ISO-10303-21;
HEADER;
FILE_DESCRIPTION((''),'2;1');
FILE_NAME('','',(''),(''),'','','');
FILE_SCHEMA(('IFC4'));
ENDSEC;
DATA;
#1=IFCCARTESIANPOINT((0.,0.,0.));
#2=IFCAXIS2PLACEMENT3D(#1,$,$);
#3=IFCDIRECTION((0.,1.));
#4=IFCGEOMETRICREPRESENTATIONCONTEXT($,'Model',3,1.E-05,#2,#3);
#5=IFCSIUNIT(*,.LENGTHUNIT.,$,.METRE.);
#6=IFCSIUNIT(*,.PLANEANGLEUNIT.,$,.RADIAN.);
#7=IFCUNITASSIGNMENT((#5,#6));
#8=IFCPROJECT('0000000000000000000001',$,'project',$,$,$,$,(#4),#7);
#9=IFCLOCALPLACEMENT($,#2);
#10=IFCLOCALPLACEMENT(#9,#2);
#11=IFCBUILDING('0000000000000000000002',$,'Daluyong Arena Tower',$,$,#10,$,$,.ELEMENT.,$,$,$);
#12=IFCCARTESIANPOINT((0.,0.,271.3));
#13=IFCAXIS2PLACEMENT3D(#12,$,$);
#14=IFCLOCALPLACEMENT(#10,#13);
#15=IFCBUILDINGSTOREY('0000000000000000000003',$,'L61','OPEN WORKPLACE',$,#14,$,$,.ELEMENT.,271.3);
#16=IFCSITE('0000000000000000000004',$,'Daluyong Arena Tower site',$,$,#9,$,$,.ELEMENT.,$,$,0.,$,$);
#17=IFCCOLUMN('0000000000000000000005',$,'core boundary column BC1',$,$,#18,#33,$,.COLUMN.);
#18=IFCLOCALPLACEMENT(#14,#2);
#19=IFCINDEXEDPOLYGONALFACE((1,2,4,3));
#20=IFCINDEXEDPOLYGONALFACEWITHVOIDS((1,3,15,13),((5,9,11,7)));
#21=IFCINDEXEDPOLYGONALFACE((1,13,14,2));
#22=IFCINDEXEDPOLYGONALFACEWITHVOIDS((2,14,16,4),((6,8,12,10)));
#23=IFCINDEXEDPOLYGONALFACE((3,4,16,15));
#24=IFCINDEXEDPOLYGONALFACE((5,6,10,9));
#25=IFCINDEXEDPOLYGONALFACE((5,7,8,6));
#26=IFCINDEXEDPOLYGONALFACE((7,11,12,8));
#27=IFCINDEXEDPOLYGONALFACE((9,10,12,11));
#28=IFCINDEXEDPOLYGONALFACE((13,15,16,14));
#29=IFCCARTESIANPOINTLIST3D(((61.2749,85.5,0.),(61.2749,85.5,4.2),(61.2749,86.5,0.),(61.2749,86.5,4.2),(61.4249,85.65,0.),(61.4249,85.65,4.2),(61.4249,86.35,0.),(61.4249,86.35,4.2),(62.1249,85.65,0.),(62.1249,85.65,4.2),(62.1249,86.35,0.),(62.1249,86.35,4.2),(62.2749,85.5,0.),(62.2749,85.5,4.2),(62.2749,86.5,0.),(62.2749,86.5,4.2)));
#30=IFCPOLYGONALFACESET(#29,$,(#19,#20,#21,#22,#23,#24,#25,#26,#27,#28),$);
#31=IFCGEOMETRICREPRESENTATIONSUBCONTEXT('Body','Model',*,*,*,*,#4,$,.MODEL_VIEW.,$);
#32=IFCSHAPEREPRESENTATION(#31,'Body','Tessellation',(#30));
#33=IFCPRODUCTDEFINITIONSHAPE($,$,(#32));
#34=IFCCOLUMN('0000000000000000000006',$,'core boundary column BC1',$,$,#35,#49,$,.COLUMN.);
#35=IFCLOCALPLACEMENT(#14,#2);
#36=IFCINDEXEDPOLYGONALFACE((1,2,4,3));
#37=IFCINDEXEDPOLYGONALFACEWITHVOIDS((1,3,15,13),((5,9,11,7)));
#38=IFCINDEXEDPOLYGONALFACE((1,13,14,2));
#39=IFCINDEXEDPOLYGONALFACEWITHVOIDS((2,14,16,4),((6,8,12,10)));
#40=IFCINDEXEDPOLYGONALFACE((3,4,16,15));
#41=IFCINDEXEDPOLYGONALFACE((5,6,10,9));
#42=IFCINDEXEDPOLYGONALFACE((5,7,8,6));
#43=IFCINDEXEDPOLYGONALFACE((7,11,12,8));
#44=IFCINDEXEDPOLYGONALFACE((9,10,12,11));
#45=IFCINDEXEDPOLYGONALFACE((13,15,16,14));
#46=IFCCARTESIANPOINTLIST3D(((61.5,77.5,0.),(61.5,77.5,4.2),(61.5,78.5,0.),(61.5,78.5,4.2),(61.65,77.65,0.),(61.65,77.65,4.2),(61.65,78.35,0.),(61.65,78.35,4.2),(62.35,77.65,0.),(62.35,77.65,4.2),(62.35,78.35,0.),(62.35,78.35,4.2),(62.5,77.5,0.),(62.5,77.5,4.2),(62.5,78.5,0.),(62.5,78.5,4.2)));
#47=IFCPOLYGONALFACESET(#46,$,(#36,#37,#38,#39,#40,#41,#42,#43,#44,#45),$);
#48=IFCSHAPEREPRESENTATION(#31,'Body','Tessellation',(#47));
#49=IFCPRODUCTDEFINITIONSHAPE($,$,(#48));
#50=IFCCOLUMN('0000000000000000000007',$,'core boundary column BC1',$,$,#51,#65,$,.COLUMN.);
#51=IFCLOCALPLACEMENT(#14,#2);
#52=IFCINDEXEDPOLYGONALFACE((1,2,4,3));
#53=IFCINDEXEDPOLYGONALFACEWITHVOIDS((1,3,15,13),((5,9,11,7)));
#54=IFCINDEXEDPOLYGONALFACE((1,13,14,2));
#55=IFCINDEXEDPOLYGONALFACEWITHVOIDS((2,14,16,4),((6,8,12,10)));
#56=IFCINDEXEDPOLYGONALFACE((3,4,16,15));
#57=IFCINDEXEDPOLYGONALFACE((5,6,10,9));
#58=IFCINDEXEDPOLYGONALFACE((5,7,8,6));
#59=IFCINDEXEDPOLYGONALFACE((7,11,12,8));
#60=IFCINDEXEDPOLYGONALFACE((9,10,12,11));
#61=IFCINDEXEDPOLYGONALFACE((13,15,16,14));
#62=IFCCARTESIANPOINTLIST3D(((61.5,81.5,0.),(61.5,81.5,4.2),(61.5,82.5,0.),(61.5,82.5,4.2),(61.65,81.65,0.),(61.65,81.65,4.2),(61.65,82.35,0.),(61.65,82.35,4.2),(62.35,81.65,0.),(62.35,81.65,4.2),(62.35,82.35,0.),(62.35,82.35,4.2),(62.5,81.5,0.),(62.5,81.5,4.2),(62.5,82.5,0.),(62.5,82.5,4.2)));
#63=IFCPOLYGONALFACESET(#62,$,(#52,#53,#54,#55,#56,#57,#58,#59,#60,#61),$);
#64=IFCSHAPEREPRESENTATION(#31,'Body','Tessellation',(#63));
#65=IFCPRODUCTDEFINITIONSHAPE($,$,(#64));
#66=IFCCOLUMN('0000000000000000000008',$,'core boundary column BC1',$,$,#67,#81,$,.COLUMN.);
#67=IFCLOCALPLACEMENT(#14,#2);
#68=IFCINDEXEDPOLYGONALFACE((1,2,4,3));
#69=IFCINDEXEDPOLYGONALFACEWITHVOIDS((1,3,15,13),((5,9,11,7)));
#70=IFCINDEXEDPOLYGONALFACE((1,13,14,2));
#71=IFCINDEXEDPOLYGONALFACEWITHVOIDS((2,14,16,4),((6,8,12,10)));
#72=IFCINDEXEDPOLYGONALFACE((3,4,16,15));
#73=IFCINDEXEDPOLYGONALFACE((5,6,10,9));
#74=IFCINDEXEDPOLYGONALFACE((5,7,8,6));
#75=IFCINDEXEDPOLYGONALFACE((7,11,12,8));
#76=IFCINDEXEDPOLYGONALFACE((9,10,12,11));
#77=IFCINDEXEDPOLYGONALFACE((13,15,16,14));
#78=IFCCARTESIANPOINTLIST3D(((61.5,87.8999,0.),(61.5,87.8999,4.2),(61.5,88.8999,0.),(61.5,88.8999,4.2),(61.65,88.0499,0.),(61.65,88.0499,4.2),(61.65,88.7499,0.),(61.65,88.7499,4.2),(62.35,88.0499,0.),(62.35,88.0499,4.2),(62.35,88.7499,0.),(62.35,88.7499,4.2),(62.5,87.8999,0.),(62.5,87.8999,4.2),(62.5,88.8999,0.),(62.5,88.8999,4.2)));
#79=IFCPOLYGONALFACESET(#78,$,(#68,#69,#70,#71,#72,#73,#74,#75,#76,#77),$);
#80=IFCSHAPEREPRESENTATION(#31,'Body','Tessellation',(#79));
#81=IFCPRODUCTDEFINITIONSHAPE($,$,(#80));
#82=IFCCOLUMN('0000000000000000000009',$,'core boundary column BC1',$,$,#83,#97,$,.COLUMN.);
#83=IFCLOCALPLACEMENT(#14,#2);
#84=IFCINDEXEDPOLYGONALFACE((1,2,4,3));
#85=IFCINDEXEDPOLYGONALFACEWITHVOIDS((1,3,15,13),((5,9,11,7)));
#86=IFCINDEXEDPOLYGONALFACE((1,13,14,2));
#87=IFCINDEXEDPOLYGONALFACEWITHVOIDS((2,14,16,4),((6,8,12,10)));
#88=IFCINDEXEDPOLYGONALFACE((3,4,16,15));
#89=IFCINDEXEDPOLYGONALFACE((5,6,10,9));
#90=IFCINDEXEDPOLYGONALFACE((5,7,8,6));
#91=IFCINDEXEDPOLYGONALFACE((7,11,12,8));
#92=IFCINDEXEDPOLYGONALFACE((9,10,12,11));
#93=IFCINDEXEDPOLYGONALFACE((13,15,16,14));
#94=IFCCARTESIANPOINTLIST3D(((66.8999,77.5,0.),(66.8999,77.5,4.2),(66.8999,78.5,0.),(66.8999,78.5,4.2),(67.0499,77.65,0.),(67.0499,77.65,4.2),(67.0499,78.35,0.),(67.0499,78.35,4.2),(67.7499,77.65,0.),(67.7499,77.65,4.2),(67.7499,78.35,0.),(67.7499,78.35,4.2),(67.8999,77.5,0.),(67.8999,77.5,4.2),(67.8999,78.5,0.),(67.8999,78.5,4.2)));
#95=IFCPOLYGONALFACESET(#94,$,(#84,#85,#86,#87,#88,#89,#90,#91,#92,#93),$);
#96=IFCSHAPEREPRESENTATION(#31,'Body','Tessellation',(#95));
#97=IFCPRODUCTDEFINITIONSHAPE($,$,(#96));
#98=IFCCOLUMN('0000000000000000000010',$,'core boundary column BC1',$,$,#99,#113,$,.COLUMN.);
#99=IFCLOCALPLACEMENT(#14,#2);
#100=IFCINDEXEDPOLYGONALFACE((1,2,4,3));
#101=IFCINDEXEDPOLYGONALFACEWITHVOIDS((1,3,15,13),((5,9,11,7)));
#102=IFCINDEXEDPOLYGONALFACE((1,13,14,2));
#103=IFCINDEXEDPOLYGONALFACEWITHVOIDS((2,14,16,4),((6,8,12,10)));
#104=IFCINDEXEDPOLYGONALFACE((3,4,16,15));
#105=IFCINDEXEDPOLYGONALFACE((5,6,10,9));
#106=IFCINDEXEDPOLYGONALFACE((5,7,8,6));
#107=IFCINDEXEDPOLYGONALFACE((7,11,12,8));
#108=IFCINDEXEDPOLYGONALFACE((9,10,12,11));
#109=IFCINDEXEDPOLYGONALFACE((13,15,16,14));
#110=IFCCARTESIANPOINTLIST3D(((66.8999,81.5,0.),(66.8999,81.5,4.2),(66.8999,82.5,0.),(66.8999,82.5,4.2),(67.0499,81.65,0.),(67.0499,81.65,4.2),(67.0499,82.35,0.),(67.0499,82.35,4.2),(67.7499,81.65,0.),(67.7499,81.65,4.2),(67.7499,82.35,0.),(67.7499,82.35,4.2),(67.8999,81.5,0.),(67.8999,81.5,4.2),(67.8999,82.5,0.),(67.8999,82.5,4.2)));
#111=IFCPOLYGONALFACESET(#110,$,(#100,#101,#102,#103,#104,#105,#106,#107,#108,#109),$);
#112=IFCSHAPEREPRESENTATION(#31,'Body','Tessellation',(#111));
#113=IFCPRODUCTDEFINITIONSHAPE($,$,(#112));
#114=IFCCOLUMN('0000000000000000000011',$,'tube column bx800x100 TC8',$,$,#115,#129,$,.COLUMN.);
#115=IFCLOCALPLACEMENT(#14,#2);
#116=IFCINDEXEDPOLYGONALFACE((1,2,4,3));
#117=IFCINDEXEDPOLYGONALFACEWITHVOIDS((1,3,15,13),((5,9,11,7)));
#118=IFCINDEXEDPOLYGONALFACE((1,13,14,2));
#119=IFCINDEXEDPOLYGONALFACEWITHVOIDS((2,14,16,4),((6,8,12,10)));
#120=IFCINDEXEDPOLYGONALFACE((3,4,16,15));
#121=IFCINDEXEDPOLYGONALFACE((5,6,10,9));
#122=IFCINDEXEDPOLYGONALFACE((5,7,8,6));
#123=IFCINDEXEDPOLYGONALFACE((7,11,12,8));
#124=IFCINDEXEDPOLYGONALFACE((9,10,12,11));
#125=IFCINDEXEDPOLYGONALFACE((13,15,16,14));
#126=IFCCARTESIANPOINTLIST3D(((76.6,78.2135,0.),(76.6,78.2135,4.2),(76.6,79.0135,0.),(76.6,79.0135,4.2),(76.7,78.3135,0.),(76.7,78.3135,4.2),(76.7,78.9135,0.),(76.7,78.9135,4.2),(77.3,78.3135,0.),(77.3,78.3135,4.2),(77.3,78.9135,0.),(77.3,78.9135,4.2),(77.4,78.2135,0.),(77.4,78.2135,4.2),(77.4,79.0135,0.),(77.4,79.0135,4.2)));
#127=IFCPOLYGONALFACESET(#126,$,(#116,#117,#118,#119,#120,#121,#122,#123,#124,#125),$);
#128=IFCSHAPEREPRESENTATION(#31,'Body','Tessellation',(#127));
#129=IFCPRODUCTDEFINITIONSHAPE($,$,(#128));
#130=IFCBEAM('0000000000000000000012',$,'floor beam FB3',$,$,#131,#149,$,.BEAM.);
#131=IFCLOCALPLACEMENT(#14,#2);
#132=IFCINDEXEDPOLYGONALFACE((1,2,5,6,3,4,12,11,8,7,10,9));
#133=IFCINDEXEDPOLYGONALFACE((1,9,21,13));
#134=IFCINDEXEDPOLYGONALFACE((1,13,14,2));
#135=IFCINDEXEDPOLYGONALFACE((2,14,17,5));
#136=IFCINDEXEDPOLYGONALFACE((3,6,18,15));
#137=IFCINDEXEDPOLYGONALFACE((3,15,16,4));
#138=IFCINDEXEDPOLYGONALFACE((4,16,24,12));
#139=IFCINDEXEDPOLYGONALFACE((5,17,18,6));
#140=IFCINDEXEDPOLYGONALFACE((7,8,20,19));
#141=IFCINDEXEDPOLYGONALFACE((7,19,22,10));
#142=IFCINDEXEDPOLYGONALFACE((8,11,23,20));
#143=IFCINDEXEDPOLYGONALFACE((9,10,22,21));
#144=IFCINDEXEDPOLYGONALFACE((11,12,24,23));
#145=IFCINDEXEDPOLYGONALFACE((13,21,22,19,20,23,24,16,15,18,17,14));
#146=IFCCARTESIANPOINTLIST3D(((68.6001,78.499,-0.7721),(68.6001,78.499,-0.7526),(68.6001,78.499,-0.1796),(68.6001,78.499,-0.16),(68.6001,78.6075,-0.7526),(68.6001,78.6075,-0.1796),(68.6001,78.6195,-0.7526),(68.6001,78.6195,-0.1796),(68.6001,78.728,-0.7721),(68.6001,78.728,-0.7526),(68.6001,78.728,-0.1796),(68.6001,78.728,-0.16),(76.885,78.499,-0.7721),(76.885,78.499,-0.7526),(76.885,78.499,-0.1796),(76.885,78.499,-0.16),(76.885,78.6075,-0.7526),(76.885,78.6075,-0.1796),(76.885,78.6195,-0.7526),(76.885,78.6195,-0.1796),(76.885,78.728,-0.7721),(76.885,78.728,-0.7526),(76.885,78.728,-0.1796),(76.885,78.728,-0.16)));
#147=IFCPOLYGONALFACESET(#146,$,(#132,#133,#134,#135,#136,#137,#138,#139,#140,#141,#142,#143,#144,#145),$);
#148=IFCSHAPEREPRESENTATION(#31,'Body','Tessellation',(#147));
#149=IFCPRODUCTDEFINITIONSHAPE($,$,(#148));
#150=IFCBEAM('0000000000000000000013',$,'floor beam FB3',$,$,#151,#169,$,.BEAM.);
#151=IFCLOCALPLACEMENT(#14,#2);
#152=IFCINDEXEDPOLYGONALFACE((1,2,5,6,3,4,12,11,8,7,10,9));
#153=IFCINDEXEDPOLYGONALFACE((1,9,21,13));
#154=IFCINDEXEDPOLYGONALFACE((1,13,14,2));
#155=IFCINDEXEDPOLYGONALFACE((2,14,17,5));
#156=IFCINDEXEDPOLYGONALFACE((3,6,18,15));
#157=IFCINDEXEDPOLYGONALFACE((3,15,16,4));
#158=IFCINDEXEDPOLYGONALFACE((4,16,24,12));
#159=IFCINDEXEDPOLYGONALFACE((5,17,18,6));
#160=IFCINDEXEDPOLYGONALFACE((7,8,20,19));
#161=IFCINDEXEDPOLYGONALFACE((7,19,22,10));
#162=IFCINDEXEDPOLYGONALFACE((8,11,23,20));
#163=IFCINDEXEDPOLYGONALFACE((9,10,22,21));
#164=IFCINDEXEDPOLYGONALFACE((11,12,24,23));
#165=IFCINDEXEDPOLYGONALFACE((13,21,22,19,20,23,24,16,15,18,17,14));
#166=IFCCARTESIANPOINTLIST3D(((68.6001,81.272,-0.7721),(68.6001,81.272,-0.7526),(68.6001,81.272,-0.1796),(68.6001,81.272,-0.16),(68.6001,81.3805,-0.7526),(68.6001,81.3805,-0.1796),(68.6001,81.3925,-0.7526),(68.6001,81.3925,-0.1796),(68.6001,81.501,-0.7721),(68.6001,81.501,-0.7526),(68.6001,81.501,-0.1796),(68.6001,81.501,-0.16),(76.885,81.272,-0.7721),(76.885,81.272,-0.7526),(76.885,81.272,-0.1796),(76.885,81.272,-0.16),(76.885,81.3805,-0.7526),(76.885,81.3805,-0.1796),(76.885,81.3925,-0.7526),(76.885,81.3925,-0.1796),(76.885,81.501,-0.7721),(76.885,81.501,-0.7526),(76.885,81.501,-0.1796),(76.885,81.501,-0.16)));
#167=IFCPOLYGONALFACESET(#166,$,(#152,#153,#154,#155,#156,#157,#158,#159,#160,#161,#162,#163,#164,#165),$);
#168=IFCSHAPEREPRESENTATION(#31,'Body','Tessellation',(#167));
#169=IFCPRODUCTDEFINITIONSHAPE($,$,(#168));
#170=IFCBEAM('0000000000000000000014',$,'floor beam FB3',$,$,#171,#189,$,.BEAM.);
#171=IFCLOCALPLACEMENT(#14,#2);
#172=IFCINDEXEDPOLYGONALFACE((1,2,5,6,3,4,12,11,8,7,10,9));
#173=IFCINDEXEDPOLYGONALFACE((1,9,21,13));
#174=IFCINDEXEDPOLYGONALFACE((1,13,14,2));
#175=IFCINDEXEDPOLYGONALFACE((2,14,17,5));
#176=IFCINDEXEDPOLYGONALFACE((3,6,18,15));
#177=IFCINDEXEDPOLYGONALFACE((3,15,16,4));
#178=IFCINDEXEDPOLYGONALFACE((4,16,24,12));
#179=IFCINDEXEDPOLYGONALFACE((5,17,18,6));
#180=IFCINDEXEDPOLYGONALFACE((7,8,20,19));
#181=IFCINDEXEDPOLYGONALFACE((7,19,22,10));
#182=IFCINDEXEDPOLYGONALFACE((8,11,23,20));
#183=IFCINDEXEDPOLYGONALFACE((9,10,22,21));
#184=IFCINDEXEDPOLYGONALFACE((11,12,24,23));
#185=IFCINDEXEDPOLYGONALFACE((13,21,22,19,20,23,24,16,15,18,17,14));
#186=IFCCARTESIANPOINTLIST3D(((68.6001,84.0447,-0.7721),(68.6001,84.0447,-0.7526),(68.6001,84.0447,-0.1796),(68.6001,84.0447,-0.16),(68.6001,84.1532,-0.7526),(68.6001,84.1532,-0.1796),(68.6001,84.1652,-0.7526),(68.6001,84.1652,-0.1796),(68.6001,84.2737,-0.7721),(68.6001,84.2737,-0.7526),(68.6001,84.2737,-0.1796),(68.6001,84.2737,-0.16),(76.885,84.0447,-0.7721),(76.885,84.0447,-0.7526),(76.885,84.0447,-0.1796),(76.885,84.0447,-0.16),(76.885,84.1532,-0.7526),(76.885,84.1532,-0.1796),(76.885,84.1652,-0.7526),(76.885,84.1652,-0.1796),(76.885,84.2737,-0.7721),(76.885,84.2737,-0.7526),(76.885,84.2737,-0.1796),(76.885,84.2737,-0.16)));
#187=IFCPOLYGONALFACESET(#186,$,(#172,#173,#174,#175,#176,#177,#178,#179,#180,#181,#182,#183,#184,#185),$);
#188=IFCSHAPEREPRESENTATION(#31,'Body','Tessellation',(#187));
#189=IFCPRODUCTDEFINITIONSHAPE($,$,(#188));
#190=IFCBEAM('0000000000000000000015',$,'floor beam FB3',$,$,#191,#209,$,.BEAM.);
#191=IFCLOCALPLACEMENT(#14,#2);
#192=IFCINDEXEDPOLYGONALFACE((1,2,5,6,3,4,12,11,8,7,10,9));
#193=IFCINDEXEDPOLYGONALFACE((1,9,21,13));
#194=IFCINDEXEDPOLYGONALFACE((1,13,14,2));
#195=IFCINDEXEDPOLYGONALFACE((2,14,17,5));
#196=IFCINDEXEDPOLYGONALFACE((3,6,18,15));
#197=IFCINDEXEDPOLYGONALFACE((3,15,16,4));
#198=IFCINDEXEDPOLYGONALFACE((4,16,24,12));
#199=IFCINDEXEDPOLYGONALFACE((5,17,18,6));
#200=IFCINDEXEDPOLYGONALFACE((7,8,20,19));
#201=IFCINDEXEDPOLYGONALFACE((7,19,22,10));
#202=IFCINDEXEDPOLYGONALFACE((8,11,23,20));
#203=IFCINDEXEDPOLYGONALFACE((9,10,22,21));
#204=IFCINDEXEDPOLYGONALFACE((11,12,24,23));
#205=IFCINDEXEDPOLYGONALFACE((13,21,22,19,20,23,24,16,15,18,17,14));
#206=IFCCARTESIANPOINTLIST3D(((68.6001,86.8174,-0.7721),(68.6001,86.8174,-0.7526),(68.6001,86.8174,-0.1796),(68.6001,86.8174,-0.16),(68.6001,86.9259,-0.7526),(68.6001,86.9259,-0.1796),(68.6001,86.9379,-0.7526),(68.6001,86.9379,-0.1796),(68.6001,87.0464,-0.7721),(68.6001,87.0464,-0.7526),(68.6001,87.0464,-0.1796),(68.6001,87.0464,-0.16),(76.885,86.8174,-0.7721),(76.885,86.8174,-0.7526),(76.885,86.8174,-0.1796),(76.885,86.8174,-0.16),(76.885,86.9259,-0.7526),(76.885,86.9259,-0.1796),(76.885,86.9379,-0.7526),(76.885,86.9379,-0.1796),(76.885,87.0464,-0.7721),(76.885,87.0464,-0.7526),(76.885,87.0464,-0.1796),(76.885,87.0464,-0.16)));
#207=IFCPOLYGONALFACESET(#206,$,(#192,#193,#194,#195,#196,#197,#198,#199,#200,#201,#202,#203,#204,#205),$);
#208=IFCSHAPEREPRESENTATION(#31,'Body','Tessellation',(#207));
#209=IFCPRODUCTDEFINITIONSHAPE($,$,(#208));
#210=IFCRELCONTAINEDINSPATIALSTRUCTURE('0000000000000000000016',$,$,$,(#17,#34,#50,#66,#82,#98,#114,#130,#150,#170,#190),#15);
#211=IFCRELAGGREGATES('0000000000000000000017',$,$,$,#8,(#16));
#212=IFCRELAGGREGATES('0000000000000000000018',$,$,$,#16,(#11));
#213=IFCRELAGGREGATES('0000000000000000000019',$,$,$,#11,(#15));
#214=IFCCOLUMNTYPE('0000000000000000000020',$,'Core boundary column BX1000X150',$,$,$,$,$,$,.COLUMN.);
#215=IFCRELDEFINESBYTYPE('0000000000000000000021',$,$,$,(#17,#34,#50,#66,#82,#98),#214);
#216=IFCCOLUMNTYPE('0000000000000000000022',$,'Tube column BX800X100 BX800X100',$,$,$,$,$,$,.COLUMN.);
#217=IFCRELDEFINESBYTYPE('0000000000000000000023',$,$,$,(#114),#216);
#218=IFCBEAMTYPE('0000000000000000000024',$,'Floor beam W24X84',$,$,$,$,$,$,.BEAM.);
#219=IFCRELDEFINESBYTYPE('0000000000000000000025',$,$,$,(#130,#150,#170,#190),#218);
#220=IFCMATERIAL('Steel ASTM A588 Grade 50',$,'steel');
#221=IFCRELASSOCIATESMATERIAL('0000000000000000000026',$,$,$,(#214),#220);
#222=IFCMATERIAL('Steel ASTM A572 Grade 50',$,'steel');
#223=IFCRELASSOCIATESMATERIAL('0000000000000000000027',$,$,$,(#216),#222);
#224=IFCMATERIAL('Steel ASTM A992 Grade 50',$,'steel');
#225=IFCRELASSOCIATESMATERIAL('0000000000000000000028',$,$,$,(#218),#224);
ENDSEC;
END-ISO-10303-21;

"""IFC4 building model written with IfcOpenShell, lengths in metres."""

from ifc_helpers import new_model, si_unit, direction, frame, origin, origin_2d, place, context, subcontext, project, spatial, hollow_rectangle, i_section, extrude, material, material_profile, profile_set, type_object, element, save


model = new_model("IFC4")

# Units and contexts
model_context = context("Model", 3, precision=1e-05, world=origin(), true_north=direction((0.0, 1.0)))
body_context = subcontext(model_context, "Body", "Model", "MODEL_VIEW")
ifc_project = project(units=[si_unit("LENGTHUNIT", "METRE"), si_unit("PLANEANGLEUNIT", "RADIAN")], contexts=[model_context])

# Site, building, storey
site_placement = place(None, origin())
site = spatial("IfcSite", under=ifc_project, at=site_placement, Name="Daluyong Arena Tower site", CompositionType="ELEMENT", RefElevation=0.0)
building_placement = place(site_placement, origin())
building = spatial("IfcBuilding", under=site, at=building_placement, Name="Daluyong Arena Tower", CompositionType="ELEMENT")
storey_placement = place(building_placement, frame((0.0, 0.0, 271.3)))
storey = spatial("IfcBuildingStorey", under=building, at=storey_placement, Name="L61", Description="OPEN WORKPLACE", CompositionType="ELEMENT", Elevation=271.3)

# Columns
ifc_material_1 = material(Name="Steel ASTM A588 Grade 50", Category="steel")
ifc_material_profile_1 = material_profile(ifc_material_1, hollow_rectangle(XDim=1.0, YDim=1.0, WallThickness=0.15, at=origin_2d()))
ifc_profile_set_1 = profile_set([ifc_material_profile_1], Name="Steel ASTM A588 Grade 50")
column_type_1 = type_object("IfcColumnType", Name="Core boundary column BX1000X150", PredefinedType="COLUMN", material=ifc_profile_set_1)
for number, where, z_axis, x_axis, name in (
    (1, (61.7749, 86.0, 0.0), (0.0, 0.0, 1.0), (1.0, 0.0, 0.0), "core boundary column BC1"),
    (2, (62.0, 78.0, 0.0), (0.0, 0.0, 1.0), (1.0, 0.0, 0.0), "core boundary column BC1"),
    (3, (62.0, 82.0, 0.0), (0.0, 0.0, 1.0), (1.0, 0.0, 0.0), "core boundary column BC1"),
    (4, (62.0, 88.3999, 0.0), (0.0, 0.0, 1.0), (1.0, 0.0, 0.0), "core boundary column BC1"),
    (5, (67.3999, 78.0, 0.0), (0.0, 0.0, 1.0), (1.0, 0.0, 0.0), "core boundary column BC1"),
    (6, (67.3999, 82.0, 0.0), (0.0, 0.0, 1.0), (1.0, 0.0, 0.0), "core boundary column BC1"),
):
    element("IfcColumn", number, at=place(storey_placement, frame(where, z_axis=z_axis, x_axis=x_axis)), inside=storey, type_object=column_type_1, Name=name, PredefinedType="COLUMN", context=body_context, shape_type="SweptSolid", body=[
        extrude(hollow_rectangle(XDim=1.0, YDim=1.0, WallThickness=0.15, at=origin_2d()), origin(), (0.0, 0.0, 1.0), 4.2),
    ])
ifc_material_2 = material(Name="Steel ASTM A572 Grade 50", Category="steel")
ifc_material_profile_2 = material_profile(ifc_material_2, hollow_rectangle(XDim=0.8, YDim=0.8, WallThickness=0.1, at=origin_2d()))
ifc_profile_set_2 = profile_set([ifc_material_profile_2], Name="Steel ASTM A572 Grade 50")
column_type_2 = type_object("IfcColumnType", Name="Tube column BX800X100 BX800X100", PredefinedType="COLUMN", material=ifc_profile_set_2)
column_placement = place(storey_placement, frame((77.0, 78.6135, 0.0), z_axis=(0.0, 0.0, 1.0), x_axis=(0.0, 1.0, 0.0)))
element("IfcColumn", 7, at=column_placement, inside=storey, type_object=column_type_2, Name="tube column bx800x100 TC8", PredefinedType="COLUMN", context=body_context, shape_type="SweptSolid", body=[
    extrude(hollow_rectangle(XDim=0.8, YDim=0.8, WallThickness=0.1, at=origin_2d()), origin(), (0.0, 0.0, 1.0), 4.2),
])

# Beams
ifc_material_3 = material(Name="Steel ASTM A992 Grade 50", Category="steel")
ifc_material_profile_3 = material_profile(ifc_material_3, i_section(OverallWidth=0.229, OverallDepth=0.6121, WebThickness=0.012, FlangeThickness=0.0195, at=origin_2d()))
ifc_profile_set_3 = profile_set([ifc_material_profile_3], Name="Steel ASTM A992 Grade 50")
beam_type_1 = type_object("IfcBeamType", Name="Floor beam W24X84", PredefinedType="BEAM", material=ifc_profile_set_3)
for number, where, z_axis, x_axis, name in (
    (8, (76.885, 78.6135, -0.4661), (-1.0, 0.0, 0.0), (0.0, -1.0, 0.0), "floor beam FB3"),
    (9, (76.885, 81.3865, -0.4661), (-1.0, 0.0, 0.0), (0.0, -1.0, 0.0), "floor beam FB3"),
    (10, (76.885, 84.1592, -0.4661), (-1.0, 0.0, 0.0), (0.0, -1.0, 0.0), "floor beam FB3"),
    (11, (76.885, 86.9319, -0.4661), (-1.0, 0.0, 0.0), (0.0, -1.0, 0.0), "floor beam FB3"),
):
    element("IfcBeam", number, at=place(storey_placement, frame(where, z_axis=z_axis, x_axis=x_axis)), inside=storey, type_object=beam_type_1, Name=name, PredefinedType="BEAM", context=body_context, shape_type="SweptSolid", body=[
        extrude(i_section(OverallWidth=0.229, OverallDepth=0.6121, WebThickness=0.012, FlangeThickness=0.0195, at=origin_2d()), origin(), (0.0, 0.0, 1.0), 8.2849),
    ])

save(model, "model.ifc")
